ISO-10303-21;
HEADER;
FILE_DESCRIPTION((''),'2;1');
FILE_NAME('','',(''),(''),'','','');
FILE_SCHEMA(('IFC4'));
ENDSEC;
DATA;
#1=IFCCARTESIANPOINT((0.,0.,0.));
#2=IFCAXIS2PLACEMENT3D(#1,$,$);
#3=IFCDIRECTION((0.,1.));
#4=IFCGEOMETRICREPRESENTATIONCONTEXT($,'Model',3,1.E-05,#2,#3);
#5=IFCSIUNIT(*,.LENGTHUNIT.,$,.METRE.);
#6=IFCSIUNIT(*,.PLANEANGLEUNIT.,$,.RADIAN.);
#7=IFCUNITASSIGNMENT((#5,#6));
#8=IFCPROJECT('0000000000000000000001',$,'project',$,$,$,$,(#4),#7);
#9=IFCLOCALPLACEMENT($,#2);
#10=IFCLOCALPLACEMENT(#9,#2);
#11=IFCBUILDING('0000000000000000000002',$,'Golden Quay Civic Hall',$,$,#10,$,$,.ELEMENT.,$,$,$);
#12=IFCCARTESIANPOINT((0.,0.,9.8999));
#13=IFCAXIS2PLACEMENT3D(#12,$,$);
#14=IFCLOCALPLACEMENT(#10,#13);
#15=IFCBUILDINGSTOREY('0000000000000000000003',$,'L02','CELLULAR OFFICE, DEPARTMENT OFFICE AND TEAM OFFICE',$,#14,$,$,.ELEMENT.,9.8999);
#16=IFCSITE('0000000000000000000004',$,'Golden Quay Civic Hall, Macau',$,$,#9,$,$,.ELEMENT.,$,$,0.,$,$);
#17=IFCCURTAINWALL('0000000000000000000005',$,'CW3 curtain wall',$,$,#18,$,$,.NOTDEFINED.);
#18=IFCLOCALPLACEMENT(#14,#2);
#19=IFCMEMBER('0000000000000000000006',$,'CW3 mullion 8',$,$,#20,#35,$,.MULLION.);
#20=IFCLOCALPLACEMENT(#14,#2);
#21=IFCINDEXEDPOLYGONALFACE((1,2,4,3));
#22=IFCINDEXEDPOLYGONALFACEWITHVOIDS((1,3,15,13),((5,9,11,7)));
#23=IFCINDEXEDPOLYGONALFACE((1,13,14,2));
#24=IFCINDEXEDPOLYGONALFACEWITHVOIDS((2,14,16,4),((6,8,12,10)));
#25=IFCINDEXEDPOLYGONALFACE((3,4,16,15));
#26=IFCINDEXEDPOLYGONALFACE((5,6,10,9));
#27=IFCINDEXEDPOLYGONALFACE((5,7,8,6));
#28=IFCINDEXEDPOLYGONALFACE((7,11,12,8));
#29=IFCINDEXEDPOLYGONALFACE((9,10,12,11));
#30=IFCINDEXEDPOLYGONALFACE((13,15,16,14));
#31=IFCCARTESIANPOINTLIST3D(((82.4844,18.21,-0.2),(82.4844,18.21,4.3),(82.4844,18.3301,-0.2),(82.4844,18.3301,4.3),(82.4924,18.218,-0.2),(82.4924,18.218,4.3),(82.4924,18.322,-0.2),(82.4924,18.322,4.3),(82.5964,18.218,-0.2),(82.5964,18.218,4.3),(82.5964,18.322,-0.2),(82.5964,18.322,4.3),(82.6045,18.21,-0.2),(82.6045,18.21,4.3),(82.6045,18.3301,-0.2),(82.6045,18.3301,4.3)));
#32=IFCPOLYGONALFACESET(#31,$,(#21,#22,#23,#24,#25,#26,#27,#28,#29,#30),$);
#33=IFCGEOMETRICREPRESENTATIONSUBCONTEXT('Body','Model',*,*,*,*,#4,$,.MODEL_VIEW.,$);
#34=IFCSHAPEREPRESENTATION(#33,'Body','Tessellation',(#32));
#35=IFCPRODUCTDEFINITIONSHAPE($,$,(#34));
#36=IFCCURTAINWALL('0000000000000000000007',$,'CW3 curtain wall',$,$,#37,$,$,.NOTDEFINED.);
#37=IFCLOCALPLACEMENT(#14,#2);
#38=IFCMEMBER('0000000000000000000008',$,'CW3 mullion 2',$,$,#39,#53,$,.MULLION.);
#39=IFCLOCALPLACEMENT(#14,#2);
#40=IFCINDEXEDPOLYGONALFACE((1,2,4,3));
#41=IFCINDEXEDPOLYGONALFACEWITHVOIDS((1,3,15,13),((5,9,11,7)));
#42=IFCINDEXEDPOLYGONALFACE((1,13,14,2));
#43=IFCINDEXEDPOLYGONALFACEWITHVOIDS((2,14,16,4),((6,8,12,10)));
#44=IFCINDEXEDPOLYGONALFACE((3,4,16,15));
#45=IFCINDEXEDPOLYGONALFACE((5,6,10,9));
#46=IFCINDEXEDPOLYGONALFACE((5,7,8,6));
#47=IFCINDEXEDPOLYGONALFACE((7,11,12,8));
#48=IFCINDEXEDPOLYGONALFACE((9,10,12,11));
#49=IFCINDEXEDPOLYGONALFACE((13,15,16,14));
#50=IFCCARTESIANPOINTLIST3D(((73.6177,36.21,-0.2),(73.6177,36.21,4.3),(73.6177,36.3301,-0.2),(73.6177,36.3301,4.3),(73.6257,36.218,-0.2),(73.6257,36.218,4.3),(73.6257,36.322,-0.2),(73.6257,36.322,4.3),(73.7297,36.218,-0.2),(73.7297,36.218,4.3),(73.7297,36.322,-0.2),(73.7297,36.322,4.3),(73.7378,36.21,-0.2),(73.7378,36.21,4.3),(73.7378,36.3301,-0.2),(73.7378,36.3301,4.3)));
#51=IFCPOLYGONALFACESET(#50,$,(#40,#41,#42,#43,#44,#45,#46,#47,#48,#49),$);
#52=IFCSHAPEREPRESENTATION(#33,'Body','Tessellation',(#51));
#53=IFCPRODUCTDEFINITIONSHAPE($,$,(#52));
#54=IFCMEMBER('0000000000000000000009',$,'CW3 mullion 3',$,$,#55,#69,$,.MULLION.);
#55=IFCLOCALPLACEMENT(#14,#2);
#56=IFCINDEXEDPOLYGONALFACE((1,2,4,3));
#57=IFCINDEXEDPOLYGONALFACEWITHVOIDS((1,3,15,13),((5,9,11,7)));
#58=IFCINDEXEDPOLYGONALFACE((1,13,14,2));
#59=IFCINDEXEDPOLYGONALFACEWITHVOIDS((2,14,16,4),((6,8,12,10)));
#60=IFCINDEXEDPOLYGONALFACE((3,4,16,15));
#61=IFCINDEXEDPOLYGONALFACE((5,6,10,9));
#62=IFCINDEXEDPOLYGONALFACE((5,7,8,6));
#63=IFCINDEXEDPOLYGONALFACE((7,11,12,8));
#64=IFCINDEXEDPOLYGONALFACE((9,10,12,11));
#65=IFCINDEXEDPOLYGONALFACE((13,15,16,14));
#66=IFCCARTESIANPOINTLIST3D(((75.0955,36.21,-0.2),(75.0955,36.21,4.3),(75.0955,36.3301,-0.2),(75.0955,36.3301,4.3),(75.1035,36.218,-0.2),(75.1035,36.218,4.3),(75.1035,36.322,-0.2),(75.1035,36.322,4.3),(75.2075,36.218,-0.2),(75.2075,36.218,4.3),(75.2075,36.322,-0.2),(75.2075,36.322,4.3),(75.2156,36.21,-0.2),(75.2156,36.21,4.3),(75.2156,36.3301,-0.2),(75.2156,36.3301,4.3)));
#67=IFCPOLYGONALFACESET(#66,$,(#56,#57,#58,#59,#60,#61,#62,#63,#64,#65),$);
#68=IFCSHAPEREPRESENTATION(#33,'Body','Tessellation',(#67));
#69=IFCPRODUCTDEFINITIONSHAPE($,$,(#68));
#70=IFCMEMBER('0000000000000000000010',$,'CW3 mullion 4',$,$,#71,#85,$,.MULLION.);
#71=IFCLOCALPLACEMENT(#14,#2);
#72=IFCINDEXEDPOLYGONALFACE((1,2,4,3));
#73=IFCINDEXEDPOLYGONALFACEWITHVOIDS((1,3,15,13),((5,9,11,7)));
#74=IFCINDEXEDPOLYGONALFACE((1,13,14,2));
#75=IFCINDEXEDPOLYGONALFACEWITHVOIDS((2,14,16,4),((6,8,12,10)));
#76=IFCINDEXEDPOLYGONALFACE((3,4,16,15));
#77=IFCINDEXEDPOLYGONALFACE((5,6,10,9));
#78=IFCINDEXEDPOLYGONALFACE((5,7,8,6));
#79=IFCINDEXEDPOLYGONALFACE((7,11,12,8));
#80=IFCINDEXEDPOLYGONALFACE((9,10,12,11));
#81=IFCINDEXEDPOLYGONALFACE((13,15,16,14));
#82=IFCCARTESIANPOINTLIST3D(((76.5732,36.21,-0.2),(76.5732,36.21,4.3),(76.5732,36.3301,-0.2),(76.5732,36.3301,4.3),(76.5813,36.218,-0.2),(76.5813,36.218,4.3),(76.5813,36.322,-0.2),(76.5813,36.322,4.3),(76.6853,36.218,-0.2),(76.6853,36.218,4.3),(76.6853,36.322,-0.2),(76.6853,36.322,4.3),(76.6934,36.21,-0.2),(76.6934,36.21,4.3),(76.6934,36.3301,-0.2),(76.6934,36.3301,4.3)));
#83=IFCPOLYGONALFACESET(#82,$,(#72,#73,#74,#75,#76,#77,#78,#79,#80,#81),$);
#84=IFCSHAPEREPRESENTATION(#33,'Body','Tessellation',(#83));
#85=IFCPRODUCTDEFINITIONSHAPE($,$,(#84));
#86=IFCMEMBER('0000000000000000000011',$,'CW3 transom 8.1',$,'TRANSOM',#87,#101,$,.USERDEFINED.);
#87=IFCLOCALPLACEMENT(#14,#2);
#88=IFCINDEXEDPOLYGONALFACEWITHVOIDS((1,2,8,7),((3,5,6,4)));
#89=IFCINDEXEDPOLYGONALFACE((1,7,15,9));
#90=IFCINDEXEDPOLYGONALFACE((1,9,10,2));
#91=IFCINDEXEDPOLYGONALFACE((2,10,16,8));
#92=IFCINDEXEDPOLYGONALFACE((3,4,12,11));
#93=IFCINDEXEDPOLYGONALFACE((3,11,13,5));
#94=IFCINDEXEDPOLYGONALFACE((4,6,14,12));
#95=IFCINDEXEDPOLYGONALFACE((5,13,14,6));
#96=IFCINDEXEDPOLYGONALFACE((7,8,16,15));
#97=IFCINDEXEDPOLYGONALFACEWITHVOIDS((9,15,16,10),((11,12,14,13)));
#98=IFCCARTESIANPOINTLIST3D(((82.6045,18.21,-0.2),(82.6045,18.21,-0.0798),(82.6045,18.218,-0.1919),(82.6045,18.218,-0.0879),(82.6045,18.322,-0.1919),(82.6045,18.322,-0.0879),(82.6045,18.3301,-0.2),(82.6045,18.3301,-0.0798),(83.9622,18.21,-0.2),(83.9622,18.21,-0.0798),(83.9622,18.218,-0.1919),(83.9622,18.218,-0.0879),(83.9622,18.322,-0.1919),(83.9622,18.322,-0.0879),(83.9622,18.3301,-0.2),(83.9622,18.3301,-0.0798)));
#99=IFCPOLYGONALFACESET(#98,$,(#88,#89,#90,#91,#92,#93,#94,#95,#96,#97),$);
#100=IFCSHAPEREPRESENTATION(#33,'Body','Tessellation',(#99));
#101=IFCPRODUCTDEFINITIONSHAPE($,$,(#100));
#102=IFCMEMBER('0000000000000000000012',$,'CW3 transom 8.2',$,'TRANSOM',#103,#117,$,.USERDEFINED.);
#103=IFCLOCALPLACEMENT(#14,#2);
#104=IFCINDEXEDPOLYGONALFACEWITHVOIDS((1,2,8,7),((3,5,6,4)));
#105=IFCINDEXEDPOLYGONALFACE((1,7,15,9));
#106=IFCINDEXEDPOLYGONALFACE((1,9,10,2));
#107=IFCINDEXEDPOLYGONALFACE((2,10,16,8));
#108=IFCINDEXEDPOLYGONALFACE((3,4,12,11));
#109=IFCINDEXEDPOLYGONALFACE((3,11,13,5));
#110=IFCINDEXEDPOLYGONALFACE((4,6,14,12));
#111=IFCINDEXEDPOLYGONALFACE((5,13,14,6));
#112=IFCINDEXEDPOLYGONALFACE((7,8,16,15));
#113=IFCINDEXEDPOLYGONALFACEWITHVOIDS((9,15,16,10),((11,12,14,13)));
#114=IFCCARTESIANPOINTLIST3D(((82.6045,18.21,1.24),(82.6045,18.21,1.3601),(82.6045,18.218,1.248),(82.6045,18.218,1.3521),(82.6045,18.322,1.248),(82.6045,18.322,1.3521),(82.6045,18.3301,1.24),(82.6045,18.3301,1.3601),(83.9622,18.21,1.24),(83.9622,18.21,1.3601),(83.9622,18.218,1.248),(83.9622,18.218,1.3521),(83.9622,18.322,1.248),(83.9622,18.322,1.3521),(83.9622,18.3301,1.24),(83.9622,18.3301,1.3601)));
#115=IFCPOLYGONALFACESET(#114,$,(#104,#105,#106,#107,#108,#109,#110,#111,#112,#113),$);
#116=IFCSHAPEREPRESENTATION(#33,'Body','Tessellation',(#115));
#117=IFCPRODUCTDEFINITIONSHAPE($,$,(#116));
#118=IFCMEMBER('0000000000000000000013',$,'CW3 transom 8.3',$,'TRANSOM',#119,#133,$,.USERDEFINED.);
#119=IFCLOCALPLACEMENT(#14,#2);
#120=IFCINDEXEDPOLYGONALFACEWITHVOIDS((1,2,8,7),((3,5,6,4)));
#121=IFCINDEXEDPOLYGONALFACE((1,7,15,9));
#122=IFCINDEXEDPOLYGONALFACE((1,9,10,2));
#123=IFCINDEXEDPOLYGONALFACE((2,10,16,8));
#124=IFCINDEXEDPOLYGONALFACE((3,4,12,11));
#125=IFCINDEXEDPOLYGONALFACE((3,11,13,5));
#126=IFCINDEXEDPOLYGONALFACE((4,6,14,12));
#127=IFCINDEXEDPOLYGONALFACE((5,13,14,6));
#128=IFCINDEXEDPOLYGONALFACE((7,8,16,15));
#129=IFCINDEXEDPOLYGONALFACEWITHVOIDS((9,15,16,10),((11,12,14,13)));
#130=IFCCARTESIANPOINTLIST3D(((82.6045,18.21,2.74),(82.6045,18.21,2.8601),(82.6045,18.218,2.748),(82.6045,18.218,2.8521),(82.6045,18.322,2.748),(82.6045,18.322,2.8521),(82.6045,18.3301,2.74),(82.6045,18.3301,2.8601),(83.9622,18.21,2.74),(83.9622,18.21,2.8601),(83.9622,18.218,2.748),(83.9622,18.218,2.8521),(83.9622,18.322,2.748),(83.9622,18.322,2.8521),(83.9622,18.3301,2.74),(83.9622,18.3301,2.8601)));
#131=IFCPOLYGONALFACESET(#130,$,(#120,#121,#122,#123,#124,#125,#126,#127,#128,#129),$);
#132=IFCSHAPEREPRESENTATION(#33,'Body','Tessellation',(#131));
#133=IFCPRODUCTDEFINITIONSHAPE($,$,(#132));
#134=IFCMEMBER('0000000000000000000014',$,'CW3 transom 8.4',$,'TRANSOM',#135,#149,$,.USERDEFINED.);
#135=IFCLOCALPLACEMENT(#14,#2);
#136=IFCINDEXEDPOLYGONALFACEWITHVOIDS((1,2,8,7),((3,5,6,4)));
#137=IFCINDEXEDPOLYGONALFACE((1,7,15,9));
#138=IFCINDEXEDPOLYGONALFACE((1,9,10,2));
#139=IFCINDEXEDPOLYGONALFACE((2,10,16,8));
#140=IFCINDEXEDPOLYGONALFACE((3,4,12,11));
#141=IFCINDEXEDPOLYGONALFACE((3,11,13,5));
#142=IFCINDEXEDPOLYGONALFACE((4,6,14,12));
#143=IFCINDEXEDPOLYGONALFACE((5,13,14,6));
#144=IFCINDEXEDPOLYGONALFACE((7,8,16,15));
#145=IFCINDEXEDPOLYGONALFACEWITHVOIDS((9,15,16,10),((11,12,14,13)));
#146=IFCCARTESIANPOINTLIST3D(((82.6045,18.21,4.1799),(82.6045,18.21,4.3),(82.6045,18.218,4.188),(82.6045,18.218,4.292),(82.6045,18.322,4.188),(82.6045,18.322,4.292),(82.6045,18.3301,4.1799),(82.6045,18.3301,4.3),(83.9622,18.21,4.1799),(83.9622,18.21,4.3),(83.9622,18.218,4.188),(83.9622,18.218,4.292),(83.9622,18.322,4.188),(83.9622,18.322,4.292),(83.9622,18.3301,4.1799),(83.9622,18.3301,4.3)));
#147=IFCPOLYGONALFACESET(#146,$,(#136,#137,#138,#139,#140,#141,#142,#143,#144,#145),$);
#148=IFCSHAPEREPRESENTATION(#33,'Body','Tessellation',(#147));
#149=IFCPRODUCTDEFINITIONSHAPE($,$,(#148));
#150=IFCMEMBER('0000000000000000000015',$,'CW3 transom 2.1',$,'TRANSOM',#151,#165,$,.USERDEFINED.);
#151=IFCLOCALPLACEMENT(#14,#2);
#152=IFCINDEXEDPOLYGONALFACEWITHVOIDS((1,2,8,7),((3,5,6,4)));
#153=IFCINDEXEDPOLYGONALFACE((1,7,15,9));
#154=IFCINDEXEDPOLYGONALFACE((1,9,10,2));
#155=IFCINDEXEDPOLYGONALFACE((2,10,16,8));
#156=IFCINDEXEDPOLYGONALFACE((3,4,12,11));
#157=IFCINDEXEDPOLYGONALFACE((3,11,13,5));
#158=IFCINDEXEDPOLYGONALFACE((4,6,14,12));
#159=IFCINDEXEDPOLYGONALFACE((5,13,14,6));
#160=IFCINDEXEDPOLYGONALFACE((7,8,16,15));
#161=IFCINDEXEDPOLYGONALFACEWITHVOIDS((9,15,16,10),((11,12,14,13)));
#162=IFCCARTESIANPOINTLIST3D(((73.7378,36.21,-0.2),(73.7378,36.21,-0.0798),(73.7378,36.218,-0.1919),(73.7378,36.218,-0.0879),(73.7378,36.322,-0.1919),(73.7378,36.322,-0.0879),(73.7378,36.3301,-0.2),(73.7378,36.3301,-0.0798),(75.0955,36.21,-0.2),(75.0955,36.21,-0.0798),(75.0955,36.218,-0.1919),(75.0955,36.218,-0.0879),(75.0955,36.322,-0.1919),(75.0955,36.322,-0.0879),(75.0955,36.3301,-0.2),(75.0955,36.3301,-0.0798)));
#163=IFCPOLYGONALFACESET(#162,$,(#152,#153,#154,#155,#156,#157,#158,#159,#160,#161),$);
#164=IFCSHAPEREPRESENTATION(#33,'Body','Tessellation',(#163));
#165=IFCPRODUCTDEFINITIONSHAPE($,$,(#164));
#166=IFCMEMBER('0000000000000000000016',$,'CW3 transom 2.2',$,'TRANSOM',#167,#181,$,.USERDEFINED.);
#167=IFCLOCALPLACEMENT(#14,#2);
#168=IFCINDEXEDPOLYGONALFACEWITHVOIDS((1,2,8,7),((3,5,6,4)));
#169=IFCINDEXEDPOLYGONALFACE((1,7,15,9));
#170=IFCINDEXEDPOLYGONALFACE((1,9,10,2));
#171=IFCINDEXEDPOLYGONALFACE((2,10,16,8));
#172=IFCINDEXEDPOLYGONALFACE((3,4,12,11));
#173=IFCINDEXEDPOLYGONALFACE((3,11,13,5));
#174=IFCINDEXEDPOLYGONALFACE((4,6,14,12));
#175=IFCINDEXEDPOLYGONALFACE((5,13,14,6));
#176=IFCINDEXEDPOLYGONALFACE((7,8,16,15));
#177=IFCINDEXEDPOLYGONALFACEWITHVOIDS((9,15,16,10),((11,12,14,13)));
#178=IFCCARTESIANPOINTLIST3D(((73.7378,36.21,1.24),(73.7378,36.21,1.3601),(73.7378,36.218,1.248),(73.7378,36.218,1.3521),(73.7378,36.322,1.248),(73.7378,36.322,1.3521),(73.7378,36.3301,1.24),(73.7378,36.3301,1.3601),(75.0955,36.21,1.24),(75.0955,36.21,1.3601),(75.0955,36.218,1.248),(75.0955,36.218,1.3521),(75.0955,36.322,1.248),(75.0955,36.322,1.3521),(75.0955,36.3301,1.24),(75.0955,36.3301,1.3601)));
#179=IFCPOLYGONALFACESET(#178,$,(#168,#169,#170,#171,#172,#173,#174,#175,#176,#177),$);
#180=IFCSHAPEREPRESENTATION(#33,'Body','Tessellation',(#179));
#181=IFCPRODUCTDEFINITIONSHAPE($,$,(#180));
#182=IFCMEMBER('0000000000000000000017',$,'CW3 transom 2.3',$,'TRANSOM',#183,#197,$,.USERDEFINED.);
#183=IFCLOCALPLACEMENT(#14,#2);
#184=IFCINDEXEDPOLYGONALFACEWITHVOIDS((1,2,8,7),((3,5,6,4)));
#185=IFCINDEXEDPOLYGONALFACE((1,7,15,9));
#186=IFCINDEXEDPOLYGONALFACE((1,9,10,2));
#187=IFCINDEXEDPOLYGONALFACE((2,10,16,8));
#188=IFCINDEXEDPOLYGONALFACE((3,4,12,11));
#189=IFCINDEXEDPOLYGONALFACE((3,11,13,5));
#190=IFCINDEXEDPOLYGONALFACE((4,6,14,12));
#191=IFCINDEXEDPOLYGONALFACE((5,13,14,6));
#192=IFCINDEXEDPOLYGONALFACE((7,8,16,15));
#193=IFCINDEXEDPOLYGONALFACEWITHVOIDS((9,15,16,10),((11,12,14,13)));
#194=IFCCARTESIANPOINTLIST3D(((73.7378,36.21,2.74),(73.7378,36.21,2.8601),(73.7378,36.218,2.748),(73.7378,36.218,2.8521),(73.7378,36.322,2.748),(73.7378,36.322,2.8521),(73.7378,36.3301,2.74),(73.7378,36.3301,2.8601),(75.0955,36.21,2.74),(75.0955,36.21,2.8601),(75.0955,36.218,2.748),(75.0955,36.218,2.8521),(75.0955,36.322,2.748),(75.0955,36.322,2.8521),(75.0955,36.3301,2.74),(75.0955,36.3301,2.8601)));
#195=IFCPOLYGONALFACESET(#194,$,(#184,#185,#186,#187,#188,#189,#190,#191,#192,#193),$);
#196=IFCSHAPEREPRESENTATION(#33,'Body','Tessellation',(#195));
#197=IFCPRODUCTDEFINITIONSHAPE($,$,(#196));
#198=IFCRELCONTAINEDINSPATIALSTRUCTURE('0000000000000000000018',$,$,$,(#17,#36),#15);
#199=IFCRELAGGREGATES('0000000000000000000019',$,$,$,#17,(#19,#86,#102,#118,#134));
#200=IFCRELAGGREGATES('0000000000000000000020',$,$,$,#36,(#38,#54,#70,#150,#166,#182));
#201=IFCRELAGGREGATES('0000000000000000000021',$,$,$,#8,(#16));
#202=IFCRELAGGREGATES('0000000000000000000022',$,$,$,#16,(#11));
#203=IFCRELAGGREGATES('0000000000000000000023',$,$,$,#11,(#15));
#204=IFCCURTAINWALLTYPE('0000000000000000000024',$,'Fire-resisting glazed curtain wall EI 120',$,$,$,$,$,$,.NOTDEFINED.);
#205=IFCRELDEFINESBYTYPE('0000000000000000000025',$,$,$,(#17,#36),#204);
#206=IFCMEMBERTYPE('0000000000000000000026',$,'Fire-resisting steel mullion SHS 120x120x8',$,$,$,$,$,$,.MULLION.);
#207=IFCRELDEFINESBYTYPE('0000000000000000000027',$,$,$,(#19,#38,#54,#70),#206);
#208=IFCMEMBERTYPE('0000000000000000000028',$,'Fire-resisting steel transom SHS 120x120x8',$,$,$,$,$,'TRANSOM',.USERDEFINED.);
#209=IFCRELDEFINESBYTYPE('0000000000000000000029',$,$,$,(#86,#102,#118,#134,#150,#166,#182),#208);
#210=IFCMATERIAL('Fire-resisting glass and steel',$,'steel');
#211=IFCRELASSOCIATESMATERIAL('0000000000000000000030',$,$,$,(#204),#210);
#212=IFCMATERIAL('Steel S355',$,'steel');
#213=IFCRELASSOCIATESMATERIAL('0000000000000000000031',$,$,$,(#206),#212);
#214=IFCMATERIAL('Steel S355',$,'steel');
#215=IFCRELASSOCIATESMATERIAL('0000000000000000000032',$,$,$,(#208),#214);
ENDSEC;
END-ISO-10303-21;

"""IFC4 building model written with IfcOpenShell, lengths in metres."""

from ifc_helpers import new_model, si_unit, direction, frame, origin, origin_2d, place, context, subcontext, project, spatial, hollow_rectangle, extrude, material, material_profile, profile_set, type_object, element, aggregate, save


model = new_model("IFC4")

# Units and contexts
model_context = context("Model", 3, precision=1e-05, world=origin(), true_north=direction((0.0, 1.0)))
body_context = subcontext(model_context, "Body", "Model", "MODEL_VIEW")
ifc_project = project(units=[si_unit("LENGTHUNIT", "METRE"), si_unit("PLANEANGLEUNIT", "RADIAN")], contexts=[model_context])

# Site, building, storey
site_placement = place(None, origin())
site = spatial("IfcSite", under=ifc_project, at=site_placement, Name="Golden Quay Civic Hall, Macau", CompositionType="ELEMENT", RefElevation=0.0)
building_placement = place(site_placement, origin())
building = spatial("IfcBuilding", under=site, at=building_placement, Name="Golden Quay Civic Hall", CompositionType="ELEMENT")
storey_placement = place(building_placement, frame((0.0, 0.0, 9.8999)))
storey = spatial("IfcBuildingStorey", under=building, at=storey_placement, Name="L02", Description="CELLULAR OFFICE, DEPARTMENT OFFICE AND TEAM OFFICE", CompositionType="ELEMENT", Elevation=9.8999)

# Curtain wall, member
ifc_material_1 = material(Name="Fire-resisting glass and steel", Category="steel")
curtain_wall_type = type_object("IfcCurtainWallType", Name="Fire-resisting glazed curtain wall EI 120", PredefinedType="NOTDEFINED", material=ifc_material_1)
curtain_wall_1_placement = place(storey_placement, origin())
curtain_wall_1 = element("IfcCurtainWall", 1, at=curtain_wall_1_placement, inside=storey, type_object=curtain_wall_type, Name="CW3 curtain wall", PredefinedType="NOTDEFINED")
ifc_material_2 = material(Name="Steel S355", Category="steel")
ifc_material_profile_1 = material_profile(ifc_material_2, hollow_rectangle(XDim=0.1201, YDim=0.1201, WallThickness=0.0081, at=origin_2d()), Name="SHS 120x120x8")
ifc_profile_set_1 = profile_set([ifc_material_profile_1], Name="Steel S355")
member_type_1 = type_object("IfcMemberType", Name="Fire-resisting steel mullion SHS 120x120x8", PredefinedType="MULLION", material=ifc_profile_set_1)
member_1_placement = place(storey_placement, frame((82.5444, 18.27, -0.2), z_axis=(0.0, 0.0, 1.0), x_axis=(0.0, 1.0, 0.0)))
member_1 = element("IfcMember", 2, at=member_1_placement, type_object=member_type_1, Name="CW3 mullion 8", PredefinedType="MULLION", context=body_context, shape_type="SweptSolid", body=[
    extrude(hollow_rectangle(XDim=0.1201, YDim=0.1201, WallThickness=0.0081, at=origin_2d()), origin(), (0.0, 0.0, 1.0), 4.5),
])

# Curtain wall, members
curtain_wall_2_placement = place(storey_placement, origin())
curtain_wall_2 = element("IfcCurtainWall", 3, at=curtain_wall_2_placement, inside=storey, type_object=curtain_wall_type, Name="CW3 curtain wall", PredefinedType="NOTDEFINED")
member_2_placement = place(storey_placement, frame((73.6777, 36.27, -0.2), z_axis=(0.0, 0.0, 1.0), x_axis=(0.0, 1.0, 0.0)))
member_2 = element("IfcMember", 4, at=member_2_placement, type_object=member_type_1, Name="CW3 mullion 2", PredefinedType="MULLION", context=body_context, shape_type="SweptSolid", body=[
    extrude(hollow_rectangle(XDim=0.1201, YDim=0.1201, WallThickness=0.0081, at=origin_2d()), origin(), (0.0, 0.0, 1.0), 4.5),
])
member_3_placement = place(storey_placement, frame((75.1555, 36.27, -0.2), z_axis=(0.0, 0.0, 1.0), x_axis=(0.0, 1.0, 0.0)))
member_3 = element("IfcMember", 5, at=member_3_placement, type_object=member_type_1, Name="CW3 mullion 3", PredefinedType="MULLION", context=body_context, shape_type="SweptSolid", body=[
    extrude(hollow_rectangle(XDim=0.1201, YDim=0.1201, WallThickness=0.0081, at=origin_2d()), origin(), (0.0, 0.0, 1.0), 4.5),
])
member_4_placement = place(storey_placement, frame((76.6333, 36.27, -0.2), z_axis=(0.0, 0.0, 1.0), x_axis=(0.0, 1.0, 0.0)))
member_4 = element("IfcMember", 6, at=member_4_placement, type_object=member_type_1, Name="CW3 mullion 4", PredefinedType="MULLION", context=body_context, shape_type="SweptSolid", body=[
    extrude(hollow_rectangle(XDim=0.1201, YDim=0.1201, WallThickness=0.0081, at=origin_2d()), origin(), (0.0, 0.0, 1.0), 4.5),
])

# Members
ifc_material_3 = material(Name="Steel S355", Category="steel")
ifc_material_profile_2 = material_profile(ifc_material_3, hollow_rectangle(XDim=0.1201, YDim=0.1201, WallThickness=0.0081, at=origin_2d()), Name="SHS 120x120x8")
ifc_profile_set_2 = profile_set([ifc_material_profile_2], Name="Steel S355")
member_type_2 = type_object("IfcMemberType", Name="Fire-resisting steel transom SHS 120x120x8", ElementType="TRANSOM", PredefinedType="USERDEFINED", material=ifc_profile_set_2)
member_5_placement = place(storey_placement, frame((82.6045, 18.27, -0.1399), z_axis=(1.0, 0.0, 0.0), x_axis=(0.0, 1.0, 0.0)))
member_5 = element("IfcMember", 7, at=member_5_placement, type_object=member_type_2, Name="CW3 transom 8.1", ObjectType="TRANSOM", PredefinedType="USERDEFINED", context=body_context, shape_type="SweptSolid", body=[
    extrude(hollow_rectangle(XDim=0.1201, YDim=0.1201, WallThickness=0.0081, at=origin_2d()), origin(), (0.0, 0.0, 1.0), 1.3577),
])
member_6_placement = place(storey_placement, frame((82.6045, 18.27, 1.3), z_axis=(1.0, 0.0, 0.0), x_axis=(0.0, 1.0, 0.0)))
member_6 = element("IfcMember", 8, at=member_6_placement, type_object=member_type_2, Name="CW3 transom 8.2", ObjectType="TRANSOM", PredefinedType="USERDEFINED", context=body_context, shape_type="SweptSolid", body=[
    extrude(hollow_rectangle(XDim=0.1201, YDim=0.1201, WallThickness=0.0081, at=origin_2d()), origin(), (0.0, 0.0, 1.0), 1.3577),
])
member_7_placement = place(storey_placement, frame((82.6045, 18.27, 2.8), z_axis=(1.0, 0.0, 0.0), x_axis=(0.0, 1.0, 0.0)))
member_7 = element("IfcMember", 9, at=member_7_placement, type_object=member_type_2, Name="CW3 transom 8.3", ObjectType="TRANSOM", PredefinedType="USERDEFINED", context=body_context, shape_type="SweptSolid", body=[
    extrude(hollow_rectangle(XDim=0.1201, YDim=0.1201, WallThickness=0.0081, at=origin_2d()), origin(), (0.0, 0.0, 1.0), 1.3577),
])
member_8_placement = place(storey_placement, frame((82.6045, 18.27, 4.24), z_axis=(1.0, 0.0, 0.0), x_axis=(0.0, 1.0, 0.0)))
member_8 = element("IfcMember", 10, at=member_8_placement, type_object=member_type_2, Name="CW3 transom 8.4", ObjectType="TRANSOM", PredefinedType="USERDEFINED", context=body_context, shape_type="SweptSolid", body=[
    extrude(hollow_rectangle(XDim=0.1201, YDim=0.1201, WallThickness=0.0081, at=origin_2d()), origin(), (0.0, 0.0, 1.0), 1.3577),
])
member_9_placement = place(storey_placement, frame((73.7378, 36.27, -0.1399), z_axis=(1.0, 0.0, 0.0), x_axis=(0.0, 1.0, 0.0)))
member_9 = element("IfcMember", 11, at=member_9_placement, type_object=member_type_2, Name="CW3 transom 2.1", ObjectType="TRANSOM", PredefinedType="USERDEFINED", context=body_context, shape_type="SweptSolid", body=[
    extrude(hollow_rectangle(XDim=0.1201, YDim=0.1201, WallThickness=0.0081, at=origin_2d()), origin(), (0.0, 0.0, 1.0), 1.3577),
])
member_10_placement = place(storey_placement, frame((73.7378, 36.27, 1.3), z_axis=(1.0, 0.0, 0.0), x_axis=(0.0, 1.0, 0.0)))
member_10 = element("IfcMember", 12, at=member_10_placement, type_object=member_type_2, Name="CW3 transom 2.2", ObjectType="TRANSOM", PredefinedType="USERDEFINED", context=body_context, shape_type="SweptSolid", body=[
    extrude(hollow_rectangle(XDim=0.1201, YDim=0.1201, WallThickness=0.0081, at=origin_2d()), origin(), (0.0, 0.0, 1.0), 1.3577),
])
member_11_placement = place(storey_placement, frame((73.7378, 36.27, 2.8), z_axis=(1.0, 0.0, 0.0), x_axis=(0.0, 1.0, 0.0)))
member_11 = element("IfcMember", 13, at=member_11_placement, type_object=member_type_2, Name="CW3 transom 2.3", ObjectType="TRANSOM", PredefinedType="USERDEFINED", context=body_context, shape_type="SweptSolid", body=[
    extrude(hollow_rectangle(XDim=0.1201, YDim=0.1201, WallThickness=0.0081, at=origin_2d()), origin(), (0.0, 0.0, 1.0), 1.3577),
])

aggregate(curtain_wall_1, [member_1, member_5, member_6, member_7, member_8])
aggregate(curtain_wall_2, [member_2, member_3, member_4, member_9, member_10, member_11])

save(model, "model.ifc")
